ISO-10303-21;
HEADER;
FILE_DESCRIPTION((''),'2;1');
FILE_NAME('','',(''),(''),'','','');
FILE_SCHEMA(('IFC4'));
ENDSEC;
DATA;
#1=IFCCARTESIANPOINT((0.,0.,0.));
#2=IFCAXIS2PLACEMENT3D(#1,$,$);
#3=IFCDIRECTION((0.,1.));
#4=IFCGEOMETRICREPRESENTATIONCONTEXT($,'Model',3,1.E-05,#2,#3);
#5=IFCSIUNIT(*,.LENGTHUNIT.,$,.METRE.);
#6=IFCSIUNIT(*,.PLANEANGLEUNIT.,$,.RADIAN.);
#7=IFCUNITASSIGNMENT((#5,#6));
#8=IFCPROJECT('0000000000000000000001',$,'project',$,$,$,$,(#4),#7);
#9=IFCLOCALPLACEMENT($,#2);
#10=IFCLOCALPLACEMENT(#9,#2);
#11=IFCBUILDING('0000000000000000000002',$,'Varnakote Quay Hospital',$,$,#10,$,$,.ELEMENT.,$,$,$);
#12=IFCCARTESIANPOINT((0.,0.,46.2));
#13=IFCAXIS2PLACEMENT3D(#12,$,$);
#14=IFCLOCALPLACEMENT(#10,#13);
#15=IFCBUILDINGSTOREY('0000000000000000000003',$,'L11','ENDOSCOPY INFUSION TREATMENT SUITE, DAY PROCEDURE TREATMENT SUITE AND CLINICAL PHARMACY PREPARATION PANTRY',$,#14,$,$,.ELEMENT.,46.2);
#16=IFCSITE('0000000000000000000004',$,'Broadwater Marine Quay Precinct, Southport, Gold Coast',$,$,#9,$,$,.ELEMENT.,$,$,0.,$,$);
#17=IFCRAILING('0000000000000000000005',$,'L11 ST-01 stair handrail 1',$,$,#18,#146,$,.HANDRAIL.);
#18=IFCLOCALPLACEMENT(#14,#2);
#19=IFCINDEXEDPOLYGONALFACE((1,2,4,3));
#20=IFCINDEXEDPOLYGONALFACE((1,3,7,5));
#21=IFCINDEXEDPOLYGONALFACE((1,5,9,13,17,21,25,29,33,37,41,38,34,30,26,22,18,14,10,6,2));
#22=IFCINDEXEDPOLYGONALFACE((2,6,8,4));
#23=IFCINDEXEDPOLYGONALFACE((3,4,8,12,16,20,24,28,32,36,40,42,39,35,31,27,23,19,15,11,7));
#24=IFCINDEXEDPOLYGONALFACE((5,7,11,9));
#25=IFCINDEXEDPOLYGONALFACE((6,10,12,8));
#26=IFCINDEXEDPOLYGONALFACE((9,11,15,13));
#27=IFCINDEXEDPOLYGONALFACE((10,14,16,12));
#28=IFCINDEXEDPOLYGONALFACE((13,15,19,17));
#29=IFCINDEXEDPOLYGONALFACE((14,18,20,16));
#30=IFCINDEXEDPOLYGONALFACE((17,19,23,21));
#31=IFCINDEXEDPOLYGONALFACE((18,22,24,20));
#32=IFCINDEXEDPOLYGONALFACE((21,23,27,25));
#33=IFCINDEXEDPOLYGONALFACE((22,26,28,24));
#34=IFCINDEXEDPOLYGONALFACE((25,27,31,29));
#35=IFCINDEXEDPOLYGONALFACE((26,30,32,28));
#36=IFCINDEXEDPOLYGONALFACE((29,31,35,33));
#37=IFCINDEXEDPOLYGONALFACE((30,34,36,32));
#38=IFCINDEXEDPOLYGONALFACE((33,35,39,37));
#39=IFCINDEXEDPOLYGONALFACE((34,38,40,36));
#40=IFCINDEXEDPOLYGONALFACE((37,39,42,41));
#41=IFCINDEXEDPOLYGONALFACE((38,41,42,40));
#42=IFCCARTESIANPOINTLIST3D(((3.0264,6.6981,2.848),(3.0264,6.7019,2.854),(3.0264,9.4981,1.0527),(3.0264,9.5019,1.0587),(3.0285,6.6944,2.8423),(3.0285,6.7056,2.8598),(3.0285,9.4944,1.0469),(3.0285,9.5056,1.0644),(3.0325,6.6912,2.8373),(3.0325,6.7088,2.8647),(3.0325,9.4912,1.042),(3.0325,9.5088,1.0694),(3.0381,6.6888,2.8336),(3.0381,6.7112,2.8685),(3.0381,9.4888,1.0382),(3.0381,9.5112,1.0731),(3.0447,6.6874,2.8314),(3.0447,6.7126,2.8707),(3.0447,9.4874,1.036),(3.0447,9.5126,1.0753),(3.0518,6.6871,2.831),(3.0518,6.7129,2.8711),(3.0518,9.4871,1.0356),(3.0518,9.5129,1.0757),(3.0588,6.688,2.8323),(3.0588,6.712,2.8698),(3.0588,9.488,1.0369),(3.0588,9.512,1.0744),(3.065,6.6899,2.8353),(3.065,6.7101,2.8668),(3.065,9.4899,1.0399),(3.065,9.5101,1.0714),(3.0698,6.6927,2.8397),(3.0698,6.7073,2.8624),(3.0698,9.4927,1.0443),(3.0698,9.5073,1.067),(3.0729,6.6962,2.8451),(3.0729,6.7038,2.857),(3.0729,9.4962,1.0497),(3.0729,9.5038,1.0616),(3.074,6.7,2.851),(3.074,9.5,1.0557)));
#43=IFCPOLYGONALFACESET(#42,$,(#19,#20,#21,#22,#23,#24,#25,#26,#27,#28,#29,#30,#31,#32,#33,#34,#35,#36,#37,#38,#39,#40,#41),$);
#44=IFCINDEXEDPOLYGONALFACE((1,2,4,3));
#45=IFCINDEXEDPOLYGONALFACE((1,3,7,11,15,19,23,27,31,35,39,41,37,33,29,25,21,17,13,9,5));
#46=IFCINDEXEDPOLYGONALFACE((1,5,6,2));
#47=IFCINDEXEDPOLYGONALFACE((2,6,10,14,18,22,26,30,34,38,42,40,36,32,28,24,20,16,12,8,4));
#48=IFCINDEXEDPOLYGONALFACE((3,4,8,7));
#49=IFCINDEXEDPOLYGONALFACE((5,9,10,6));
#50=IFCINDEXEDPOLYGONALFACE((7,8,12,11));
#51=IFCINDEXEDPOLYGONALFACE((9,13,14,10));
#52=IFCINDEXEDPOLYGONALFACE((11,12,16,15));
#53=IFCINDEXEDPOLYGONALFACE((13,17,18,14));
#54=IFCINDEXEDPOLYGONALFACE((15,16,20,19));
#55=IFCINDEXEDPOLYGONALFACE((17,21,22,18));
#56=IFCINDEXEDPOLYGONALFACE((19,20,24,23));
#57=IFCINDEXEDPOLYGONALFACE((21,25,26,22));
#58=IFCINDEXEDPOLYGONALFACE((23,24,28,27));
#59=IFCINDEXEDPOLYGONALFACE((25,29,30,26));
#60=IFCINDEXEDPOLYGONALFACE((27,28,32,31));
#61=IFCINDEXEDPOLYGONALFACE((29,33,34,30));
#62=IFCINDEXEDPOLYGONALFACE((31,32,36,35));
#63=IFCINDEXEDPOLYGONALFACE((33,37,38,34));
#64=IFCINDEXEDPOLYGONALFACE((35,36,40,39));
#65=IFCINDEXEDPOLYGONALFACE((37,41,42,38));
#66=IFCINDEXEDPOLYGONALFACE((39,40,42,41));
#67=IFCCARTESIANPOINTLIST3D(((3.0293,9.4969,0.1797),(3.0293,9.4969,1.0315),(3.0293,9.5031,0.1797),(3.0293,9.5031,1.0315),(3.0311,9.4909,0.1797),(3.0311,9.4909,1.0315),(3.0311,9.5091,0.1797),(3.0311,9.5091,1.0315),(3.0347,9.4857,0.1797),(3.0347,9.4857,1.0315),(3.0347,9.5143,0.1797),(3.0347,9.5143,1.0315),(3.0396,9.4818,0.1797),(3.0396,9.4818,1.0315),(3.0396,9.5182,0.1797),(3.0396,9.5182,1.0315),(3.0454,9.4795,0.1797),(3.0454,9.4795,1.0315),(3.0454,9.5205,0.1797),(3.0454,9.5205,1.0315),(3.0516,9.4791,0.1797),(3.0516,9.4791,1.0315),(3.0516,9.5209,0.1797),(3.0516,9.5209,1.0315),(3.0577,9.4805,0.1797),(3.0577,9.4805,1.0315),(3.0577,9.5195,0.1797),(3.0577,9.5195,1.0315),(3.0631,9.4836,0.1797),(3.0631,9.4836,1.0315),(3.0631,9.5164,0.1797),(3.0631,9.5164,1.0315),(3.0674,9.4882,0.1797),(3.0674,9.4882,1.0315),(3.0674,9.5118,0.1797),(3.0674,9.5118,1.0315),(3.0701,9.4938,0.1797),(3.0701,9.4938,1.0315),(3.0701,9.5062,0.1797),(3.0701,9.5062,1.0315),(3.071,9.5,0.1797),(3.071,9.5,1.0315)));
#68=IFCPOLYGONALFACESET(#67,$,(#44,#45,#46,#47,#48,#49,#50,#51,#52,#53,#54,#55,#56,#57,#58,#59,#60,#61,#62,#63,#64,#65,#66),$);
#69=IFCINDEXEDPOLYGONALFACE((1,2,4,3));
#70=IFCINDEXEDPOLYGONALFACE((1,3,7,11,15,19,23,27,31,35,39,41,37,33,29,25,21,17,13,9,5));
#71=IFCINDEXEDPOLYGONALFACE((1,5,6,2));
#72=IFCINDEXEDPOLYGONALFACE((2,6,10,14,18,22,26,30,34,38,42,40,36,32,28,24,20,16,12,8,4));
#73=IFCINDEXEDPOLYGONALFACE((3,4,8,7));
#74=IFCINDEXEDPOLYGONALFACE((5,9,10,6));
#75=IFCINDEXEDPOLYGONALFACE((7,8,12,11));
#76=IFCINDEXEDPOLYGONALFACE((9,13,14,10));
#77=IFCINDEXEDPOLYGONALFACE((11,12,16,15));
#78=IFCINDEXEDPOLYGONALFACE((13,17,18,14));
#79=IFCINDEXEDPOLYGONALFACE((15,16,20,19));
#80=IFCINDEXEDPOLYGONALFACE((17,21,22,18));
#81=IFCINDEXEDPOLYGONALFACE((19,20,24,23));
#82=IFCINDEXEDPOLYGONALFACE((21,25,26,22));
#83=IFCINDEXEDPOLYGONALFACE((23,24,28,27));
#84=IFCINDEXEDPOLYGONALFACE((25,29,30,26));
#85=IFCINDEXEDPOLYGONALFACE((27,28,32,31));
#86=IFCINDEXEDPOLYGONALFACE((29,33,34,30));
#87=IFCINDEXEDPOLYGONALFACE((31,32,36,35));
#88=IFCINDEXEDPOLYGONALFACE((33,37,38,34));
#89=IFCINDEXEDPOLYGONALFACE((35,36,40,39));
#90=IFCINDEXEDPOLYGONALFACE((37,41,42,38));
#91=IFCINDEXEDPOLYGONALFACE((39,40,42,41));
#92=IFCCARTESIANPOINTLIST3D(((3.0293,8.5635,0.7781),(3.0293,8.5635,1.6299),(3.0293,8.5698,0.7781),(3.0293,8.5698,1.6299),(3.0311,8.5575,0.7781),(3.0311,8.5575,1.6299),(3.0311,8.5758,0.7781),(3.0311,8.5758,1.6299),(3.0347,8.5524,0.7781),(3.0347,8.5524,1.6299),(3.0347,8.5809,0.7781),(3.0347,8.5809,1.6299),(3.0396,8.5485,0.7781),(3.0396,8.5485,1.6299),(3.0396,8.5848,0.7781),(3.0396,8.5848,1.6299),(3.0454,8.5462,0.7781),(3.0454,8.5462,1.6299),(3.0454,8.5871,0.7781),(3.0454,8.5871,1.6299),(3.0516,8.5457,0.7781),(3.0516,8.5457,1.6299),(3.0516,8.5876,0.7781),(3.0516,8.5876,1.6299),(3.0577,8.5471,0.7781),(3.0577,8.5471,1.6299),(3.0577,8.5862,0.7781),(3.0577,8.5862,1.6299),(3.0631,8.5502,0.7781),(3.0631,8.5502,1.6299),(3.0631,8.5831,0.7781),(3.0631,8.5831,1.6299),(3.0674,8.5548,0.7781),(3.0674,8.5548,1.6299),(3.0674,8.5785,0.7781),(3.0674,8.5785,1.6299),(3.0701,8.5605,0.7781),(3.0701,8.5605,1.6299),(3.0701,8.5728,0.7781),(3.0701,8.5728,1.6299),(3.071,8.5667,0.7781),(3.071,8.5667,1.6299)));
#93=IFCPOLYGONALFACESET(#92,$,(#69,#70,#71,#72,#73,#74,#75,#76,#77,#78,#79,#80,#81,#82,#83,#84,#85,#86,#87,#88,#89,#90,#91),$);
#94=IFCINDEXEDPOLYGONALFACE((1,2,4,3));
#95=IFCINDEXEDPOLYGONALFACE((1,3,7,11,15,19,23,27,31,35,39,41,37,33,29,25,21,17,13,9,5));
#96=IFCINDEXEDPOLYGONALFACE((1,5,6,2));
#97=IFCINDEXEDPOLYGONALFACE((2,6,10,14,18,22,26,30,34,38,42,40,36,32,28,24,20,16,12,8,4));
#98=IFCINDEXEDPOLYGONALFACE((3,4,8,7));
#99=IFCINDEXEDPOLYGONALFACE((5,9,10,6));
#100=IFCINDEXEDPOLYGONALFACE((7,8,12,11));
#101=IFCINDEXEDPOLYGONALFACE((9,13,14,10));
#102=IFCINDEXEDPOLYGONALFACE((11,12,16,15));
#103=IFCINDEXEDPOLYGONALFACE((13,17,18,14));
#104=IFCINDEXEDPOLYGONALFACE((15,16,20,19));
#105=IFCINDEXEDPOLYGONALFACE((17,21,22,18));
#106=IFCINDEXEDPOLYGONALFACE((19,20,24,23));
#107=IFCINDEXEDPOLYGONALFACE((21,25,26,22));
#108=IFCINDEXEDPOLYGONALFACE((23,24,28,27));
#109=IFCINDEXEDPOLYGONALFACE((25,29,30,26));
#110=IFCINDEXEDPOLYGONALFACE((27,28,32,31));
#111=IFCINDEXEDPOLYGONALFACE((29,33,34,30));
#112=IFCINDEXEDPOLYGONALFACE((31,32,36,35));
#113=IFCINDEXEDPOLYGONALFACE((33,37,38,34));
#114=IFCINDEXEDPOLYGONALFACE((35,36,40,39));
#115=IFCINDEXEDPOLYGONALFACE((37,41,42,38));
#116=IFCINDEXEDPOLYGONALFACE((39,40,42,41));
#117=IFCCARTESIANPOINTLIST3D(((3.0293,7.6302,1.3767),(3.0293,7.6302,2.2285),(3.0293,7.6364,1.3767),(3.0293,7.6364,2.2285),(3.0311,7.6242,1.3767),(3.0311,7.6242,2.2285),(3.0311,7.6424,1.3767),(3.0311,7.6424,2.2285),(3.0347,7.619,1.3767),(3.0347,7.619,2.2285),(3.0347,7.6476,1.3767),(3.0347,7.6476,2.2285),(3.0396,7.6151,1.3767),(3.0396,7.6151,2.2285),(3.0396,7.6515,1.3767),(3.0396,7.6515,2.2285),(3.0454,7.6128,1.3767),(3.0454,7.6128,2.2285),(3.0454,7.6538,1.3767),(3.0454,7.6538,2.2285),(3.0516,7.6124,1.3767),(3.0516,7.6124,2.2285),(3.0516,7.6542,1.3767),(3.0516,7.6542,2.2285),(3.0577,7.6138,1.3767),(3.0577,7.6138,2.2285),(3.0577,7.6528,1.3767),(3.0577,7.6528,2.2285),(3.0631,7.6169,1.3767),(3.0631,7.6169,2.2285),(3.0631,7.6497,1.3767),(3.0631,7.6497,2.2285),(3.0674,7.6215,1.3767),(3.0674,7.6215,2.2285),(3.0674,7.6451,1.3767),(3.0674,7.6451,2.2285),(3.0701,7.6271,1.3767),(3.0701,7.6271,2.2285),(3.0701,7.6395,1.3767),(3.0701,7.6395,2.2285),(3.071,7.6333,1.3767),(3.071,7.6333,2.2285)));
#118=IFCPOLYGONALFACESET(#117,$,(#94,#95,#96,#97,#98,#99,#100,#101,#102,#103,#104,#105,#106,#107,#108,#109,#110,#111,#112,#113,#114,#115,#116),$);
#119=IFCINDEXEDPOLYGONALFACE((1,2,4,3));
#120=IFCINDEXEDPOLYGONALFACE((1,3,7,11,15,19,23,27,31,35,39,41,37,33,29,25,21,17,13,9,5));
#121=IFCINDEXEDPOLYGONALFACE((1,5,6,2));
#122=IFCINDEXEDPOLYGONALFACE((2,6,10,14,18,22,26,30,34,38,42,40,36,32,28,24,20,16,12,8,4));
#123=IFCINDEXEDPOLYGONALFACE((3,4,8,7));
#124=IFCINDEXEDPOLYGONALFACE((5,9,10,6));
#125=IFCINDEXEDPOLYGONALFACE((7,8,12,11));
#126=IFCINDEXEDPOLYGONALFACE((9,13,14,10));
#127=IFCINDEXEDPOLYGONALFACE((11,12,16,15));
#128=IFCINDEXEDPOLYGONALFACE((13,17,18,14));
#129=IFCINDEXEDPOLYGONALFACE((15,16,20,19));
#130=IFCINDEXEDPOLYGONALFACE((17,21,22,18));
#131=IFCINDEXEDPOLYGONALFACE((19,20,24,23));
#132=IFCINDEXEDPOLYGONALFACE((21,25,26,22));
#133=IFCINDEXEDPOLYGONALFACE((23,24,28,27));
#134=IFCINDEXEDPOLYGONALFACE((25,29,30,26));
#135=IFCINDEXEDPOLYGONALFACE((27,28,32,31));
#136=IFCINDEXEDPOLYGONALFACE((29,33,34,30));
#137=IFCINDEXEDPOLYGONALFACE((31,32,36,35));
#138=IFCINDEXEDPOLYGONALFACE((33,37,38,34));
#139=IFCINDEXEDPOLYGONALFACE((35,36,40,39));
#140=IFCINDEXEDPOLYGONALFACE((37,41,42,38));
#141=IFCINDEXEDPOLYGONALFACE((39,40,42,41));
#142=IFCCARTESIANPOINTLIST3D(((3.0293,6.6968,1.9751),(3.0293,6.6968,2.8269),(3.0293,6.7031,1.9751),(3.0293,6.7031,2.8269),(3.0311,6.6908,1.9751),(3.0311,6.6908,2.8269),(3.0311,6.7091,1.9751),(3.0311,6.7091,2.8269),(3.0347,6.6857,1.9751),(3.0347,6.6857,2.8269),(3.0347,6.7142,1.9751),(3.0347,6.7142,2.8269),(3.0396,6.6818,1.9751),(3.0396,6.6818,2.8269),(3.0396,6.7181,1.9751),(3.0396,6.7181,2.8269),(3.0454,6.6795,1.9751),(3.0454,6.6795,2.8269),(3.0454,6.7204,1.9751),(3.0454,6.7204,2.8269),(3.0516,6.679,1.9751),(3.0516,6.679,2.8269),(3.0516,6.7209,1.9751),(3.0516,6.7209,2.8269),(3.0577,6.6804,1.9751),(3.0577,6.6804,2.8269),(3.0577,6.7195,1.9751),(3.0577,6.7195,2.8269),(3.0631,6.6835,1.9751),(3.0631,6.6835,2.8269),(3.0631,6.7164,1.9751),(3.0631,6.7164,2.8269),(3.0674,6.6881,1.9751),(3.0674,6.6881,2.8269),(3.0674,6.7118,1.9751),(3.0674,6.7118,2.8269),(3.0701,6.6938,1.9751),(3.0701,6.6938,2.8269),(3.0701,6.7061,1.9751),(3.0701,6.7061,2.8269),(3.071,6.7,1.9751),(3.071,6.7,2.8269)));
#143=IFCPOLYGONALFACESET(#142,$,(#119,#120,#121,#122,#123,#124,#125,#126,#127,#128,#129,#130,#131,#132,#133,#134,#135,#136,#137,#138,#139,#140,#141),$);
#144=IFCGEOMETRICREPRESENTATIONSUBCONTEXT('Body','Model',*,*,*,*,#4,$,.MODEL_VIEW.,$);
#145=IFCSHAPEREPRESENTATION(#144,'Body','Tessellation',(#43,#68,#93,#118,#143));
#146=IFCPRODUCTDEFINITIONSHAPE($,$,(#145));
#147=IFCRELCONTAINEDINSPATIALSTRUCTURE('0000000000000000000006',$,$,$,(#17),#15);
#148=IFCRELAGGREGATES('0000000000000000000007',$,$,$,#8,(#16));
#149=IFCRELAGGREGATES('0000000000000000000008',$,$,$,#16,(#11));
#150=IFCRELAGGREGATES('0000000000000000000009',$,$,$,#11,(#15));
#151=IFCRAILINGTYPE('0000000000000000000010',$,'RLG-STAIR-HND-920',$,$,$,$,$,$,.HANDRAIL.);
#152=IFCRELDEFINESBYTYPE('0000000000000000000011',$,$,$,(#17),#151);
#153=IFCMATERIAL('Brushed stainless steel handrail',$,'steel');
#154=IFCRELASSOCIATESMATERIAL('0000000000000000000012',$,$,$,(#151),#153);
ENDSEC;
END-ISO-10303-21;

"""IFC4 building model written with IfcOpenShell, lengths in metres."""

from ifc_helpers import new_model, si_unit, direction, frame, origin, origin_2d, place, context, subcontext, project, spatial, circle, extrude, material, type_object, element, save


model = new_model("IFC4")

# Units and contexts
model_context = context("Model", 3, precision=1e-05, world=origin(), true_north=direction((0.0, 1.0)))
body_context = subcontext(model_context, "Body", "Model", "MODEL_VIEW")
ifc_project = project(units=[si_unit("LENGTHUNIT", "METRE"), si_unit("PLANEANGLEUNIT", "RADIAN")], contexts=[model_context])

# Site, building, storey
site_placement = place(None, origin())
site = spatial("IfcSite", under=ifc_project, at=site_placement, Name="Broadwater Marine Quay Precinct, Southport, Gold Coast", CompositionType="ELEMENT", RefElevation=0.0)
building_placement = place(site_placement, origin())
building = spatial("IfcBuilding", under=site, at=building_placement, Name="Varnakote Quay Hospital", CompositionType="ELEMENT")
storey_placement = place(building_placement, frame((0.0, 0.0, 46.2)))
storey = spatial("IfcBuildingStorey", under=building, at=storey_placement, Name="L11", Description="ENDOSCOPY INFUSION TREATMENT SUITE, DAY PROCEDURE TREATMENT SUITE AND CLINICAL PHARMACY PREPARATION PANTRY", CompositionType="ELEMENT", Elevation=46.2)

# Railing
ifc_material_1 = material(Name="Brushed stainless steel handrail", Category="steel")
railing_type_1 = type_object("IfcRailingType", Name="RLG-STAIR-HND-920", PredefinedType="HANDRAIL", material=ifc_material_1)
railing_1_placement = place(storey_placement, frame((3.05, 9.5, 0.1797)))
element("IfcRailing", 1, at=railing_1_placement, inside=storey, type_object=railing_type_1, Name="L11 ST-01 stair handrail 1", PredefinedType="HANDRAIL", context=body_context, shape_type="SweptSolid", body=[
    extrude(circle(Radius=0.0239, at=origin_2d()), frame((0.0, 0.0, 0.876), z_axis=(0.0, -0.84181, 0.539774), x_axis=(1.0, 0.0, 0.0)), (0.0, 0.0, 1.0), 3.3262),
    extrude(circle(Radius=0.021, at=origin_2d()), origin(), (0.0, 0.0, 1.0), 0.8518),
    extrude(circle(Radius=0.021, at=origin_2d()), frame((0.0, -0.9333, 0.5984)), (0.0, 0.0, 1.0), 0.8518),
    extrude(circle(Radius=0.021, at=origin_2d()), frame((0.0, -1.8667, 1.197)), (0.0, 0.0, 1.0), 0.8518),
    extrude(circle(Radius=0.021, at=origin_2d()), frame((0.0, -2.8, 1.7954)), (0.0, 0.0, 1.0), 0.8518),
])

save(model, "model.ifc")
